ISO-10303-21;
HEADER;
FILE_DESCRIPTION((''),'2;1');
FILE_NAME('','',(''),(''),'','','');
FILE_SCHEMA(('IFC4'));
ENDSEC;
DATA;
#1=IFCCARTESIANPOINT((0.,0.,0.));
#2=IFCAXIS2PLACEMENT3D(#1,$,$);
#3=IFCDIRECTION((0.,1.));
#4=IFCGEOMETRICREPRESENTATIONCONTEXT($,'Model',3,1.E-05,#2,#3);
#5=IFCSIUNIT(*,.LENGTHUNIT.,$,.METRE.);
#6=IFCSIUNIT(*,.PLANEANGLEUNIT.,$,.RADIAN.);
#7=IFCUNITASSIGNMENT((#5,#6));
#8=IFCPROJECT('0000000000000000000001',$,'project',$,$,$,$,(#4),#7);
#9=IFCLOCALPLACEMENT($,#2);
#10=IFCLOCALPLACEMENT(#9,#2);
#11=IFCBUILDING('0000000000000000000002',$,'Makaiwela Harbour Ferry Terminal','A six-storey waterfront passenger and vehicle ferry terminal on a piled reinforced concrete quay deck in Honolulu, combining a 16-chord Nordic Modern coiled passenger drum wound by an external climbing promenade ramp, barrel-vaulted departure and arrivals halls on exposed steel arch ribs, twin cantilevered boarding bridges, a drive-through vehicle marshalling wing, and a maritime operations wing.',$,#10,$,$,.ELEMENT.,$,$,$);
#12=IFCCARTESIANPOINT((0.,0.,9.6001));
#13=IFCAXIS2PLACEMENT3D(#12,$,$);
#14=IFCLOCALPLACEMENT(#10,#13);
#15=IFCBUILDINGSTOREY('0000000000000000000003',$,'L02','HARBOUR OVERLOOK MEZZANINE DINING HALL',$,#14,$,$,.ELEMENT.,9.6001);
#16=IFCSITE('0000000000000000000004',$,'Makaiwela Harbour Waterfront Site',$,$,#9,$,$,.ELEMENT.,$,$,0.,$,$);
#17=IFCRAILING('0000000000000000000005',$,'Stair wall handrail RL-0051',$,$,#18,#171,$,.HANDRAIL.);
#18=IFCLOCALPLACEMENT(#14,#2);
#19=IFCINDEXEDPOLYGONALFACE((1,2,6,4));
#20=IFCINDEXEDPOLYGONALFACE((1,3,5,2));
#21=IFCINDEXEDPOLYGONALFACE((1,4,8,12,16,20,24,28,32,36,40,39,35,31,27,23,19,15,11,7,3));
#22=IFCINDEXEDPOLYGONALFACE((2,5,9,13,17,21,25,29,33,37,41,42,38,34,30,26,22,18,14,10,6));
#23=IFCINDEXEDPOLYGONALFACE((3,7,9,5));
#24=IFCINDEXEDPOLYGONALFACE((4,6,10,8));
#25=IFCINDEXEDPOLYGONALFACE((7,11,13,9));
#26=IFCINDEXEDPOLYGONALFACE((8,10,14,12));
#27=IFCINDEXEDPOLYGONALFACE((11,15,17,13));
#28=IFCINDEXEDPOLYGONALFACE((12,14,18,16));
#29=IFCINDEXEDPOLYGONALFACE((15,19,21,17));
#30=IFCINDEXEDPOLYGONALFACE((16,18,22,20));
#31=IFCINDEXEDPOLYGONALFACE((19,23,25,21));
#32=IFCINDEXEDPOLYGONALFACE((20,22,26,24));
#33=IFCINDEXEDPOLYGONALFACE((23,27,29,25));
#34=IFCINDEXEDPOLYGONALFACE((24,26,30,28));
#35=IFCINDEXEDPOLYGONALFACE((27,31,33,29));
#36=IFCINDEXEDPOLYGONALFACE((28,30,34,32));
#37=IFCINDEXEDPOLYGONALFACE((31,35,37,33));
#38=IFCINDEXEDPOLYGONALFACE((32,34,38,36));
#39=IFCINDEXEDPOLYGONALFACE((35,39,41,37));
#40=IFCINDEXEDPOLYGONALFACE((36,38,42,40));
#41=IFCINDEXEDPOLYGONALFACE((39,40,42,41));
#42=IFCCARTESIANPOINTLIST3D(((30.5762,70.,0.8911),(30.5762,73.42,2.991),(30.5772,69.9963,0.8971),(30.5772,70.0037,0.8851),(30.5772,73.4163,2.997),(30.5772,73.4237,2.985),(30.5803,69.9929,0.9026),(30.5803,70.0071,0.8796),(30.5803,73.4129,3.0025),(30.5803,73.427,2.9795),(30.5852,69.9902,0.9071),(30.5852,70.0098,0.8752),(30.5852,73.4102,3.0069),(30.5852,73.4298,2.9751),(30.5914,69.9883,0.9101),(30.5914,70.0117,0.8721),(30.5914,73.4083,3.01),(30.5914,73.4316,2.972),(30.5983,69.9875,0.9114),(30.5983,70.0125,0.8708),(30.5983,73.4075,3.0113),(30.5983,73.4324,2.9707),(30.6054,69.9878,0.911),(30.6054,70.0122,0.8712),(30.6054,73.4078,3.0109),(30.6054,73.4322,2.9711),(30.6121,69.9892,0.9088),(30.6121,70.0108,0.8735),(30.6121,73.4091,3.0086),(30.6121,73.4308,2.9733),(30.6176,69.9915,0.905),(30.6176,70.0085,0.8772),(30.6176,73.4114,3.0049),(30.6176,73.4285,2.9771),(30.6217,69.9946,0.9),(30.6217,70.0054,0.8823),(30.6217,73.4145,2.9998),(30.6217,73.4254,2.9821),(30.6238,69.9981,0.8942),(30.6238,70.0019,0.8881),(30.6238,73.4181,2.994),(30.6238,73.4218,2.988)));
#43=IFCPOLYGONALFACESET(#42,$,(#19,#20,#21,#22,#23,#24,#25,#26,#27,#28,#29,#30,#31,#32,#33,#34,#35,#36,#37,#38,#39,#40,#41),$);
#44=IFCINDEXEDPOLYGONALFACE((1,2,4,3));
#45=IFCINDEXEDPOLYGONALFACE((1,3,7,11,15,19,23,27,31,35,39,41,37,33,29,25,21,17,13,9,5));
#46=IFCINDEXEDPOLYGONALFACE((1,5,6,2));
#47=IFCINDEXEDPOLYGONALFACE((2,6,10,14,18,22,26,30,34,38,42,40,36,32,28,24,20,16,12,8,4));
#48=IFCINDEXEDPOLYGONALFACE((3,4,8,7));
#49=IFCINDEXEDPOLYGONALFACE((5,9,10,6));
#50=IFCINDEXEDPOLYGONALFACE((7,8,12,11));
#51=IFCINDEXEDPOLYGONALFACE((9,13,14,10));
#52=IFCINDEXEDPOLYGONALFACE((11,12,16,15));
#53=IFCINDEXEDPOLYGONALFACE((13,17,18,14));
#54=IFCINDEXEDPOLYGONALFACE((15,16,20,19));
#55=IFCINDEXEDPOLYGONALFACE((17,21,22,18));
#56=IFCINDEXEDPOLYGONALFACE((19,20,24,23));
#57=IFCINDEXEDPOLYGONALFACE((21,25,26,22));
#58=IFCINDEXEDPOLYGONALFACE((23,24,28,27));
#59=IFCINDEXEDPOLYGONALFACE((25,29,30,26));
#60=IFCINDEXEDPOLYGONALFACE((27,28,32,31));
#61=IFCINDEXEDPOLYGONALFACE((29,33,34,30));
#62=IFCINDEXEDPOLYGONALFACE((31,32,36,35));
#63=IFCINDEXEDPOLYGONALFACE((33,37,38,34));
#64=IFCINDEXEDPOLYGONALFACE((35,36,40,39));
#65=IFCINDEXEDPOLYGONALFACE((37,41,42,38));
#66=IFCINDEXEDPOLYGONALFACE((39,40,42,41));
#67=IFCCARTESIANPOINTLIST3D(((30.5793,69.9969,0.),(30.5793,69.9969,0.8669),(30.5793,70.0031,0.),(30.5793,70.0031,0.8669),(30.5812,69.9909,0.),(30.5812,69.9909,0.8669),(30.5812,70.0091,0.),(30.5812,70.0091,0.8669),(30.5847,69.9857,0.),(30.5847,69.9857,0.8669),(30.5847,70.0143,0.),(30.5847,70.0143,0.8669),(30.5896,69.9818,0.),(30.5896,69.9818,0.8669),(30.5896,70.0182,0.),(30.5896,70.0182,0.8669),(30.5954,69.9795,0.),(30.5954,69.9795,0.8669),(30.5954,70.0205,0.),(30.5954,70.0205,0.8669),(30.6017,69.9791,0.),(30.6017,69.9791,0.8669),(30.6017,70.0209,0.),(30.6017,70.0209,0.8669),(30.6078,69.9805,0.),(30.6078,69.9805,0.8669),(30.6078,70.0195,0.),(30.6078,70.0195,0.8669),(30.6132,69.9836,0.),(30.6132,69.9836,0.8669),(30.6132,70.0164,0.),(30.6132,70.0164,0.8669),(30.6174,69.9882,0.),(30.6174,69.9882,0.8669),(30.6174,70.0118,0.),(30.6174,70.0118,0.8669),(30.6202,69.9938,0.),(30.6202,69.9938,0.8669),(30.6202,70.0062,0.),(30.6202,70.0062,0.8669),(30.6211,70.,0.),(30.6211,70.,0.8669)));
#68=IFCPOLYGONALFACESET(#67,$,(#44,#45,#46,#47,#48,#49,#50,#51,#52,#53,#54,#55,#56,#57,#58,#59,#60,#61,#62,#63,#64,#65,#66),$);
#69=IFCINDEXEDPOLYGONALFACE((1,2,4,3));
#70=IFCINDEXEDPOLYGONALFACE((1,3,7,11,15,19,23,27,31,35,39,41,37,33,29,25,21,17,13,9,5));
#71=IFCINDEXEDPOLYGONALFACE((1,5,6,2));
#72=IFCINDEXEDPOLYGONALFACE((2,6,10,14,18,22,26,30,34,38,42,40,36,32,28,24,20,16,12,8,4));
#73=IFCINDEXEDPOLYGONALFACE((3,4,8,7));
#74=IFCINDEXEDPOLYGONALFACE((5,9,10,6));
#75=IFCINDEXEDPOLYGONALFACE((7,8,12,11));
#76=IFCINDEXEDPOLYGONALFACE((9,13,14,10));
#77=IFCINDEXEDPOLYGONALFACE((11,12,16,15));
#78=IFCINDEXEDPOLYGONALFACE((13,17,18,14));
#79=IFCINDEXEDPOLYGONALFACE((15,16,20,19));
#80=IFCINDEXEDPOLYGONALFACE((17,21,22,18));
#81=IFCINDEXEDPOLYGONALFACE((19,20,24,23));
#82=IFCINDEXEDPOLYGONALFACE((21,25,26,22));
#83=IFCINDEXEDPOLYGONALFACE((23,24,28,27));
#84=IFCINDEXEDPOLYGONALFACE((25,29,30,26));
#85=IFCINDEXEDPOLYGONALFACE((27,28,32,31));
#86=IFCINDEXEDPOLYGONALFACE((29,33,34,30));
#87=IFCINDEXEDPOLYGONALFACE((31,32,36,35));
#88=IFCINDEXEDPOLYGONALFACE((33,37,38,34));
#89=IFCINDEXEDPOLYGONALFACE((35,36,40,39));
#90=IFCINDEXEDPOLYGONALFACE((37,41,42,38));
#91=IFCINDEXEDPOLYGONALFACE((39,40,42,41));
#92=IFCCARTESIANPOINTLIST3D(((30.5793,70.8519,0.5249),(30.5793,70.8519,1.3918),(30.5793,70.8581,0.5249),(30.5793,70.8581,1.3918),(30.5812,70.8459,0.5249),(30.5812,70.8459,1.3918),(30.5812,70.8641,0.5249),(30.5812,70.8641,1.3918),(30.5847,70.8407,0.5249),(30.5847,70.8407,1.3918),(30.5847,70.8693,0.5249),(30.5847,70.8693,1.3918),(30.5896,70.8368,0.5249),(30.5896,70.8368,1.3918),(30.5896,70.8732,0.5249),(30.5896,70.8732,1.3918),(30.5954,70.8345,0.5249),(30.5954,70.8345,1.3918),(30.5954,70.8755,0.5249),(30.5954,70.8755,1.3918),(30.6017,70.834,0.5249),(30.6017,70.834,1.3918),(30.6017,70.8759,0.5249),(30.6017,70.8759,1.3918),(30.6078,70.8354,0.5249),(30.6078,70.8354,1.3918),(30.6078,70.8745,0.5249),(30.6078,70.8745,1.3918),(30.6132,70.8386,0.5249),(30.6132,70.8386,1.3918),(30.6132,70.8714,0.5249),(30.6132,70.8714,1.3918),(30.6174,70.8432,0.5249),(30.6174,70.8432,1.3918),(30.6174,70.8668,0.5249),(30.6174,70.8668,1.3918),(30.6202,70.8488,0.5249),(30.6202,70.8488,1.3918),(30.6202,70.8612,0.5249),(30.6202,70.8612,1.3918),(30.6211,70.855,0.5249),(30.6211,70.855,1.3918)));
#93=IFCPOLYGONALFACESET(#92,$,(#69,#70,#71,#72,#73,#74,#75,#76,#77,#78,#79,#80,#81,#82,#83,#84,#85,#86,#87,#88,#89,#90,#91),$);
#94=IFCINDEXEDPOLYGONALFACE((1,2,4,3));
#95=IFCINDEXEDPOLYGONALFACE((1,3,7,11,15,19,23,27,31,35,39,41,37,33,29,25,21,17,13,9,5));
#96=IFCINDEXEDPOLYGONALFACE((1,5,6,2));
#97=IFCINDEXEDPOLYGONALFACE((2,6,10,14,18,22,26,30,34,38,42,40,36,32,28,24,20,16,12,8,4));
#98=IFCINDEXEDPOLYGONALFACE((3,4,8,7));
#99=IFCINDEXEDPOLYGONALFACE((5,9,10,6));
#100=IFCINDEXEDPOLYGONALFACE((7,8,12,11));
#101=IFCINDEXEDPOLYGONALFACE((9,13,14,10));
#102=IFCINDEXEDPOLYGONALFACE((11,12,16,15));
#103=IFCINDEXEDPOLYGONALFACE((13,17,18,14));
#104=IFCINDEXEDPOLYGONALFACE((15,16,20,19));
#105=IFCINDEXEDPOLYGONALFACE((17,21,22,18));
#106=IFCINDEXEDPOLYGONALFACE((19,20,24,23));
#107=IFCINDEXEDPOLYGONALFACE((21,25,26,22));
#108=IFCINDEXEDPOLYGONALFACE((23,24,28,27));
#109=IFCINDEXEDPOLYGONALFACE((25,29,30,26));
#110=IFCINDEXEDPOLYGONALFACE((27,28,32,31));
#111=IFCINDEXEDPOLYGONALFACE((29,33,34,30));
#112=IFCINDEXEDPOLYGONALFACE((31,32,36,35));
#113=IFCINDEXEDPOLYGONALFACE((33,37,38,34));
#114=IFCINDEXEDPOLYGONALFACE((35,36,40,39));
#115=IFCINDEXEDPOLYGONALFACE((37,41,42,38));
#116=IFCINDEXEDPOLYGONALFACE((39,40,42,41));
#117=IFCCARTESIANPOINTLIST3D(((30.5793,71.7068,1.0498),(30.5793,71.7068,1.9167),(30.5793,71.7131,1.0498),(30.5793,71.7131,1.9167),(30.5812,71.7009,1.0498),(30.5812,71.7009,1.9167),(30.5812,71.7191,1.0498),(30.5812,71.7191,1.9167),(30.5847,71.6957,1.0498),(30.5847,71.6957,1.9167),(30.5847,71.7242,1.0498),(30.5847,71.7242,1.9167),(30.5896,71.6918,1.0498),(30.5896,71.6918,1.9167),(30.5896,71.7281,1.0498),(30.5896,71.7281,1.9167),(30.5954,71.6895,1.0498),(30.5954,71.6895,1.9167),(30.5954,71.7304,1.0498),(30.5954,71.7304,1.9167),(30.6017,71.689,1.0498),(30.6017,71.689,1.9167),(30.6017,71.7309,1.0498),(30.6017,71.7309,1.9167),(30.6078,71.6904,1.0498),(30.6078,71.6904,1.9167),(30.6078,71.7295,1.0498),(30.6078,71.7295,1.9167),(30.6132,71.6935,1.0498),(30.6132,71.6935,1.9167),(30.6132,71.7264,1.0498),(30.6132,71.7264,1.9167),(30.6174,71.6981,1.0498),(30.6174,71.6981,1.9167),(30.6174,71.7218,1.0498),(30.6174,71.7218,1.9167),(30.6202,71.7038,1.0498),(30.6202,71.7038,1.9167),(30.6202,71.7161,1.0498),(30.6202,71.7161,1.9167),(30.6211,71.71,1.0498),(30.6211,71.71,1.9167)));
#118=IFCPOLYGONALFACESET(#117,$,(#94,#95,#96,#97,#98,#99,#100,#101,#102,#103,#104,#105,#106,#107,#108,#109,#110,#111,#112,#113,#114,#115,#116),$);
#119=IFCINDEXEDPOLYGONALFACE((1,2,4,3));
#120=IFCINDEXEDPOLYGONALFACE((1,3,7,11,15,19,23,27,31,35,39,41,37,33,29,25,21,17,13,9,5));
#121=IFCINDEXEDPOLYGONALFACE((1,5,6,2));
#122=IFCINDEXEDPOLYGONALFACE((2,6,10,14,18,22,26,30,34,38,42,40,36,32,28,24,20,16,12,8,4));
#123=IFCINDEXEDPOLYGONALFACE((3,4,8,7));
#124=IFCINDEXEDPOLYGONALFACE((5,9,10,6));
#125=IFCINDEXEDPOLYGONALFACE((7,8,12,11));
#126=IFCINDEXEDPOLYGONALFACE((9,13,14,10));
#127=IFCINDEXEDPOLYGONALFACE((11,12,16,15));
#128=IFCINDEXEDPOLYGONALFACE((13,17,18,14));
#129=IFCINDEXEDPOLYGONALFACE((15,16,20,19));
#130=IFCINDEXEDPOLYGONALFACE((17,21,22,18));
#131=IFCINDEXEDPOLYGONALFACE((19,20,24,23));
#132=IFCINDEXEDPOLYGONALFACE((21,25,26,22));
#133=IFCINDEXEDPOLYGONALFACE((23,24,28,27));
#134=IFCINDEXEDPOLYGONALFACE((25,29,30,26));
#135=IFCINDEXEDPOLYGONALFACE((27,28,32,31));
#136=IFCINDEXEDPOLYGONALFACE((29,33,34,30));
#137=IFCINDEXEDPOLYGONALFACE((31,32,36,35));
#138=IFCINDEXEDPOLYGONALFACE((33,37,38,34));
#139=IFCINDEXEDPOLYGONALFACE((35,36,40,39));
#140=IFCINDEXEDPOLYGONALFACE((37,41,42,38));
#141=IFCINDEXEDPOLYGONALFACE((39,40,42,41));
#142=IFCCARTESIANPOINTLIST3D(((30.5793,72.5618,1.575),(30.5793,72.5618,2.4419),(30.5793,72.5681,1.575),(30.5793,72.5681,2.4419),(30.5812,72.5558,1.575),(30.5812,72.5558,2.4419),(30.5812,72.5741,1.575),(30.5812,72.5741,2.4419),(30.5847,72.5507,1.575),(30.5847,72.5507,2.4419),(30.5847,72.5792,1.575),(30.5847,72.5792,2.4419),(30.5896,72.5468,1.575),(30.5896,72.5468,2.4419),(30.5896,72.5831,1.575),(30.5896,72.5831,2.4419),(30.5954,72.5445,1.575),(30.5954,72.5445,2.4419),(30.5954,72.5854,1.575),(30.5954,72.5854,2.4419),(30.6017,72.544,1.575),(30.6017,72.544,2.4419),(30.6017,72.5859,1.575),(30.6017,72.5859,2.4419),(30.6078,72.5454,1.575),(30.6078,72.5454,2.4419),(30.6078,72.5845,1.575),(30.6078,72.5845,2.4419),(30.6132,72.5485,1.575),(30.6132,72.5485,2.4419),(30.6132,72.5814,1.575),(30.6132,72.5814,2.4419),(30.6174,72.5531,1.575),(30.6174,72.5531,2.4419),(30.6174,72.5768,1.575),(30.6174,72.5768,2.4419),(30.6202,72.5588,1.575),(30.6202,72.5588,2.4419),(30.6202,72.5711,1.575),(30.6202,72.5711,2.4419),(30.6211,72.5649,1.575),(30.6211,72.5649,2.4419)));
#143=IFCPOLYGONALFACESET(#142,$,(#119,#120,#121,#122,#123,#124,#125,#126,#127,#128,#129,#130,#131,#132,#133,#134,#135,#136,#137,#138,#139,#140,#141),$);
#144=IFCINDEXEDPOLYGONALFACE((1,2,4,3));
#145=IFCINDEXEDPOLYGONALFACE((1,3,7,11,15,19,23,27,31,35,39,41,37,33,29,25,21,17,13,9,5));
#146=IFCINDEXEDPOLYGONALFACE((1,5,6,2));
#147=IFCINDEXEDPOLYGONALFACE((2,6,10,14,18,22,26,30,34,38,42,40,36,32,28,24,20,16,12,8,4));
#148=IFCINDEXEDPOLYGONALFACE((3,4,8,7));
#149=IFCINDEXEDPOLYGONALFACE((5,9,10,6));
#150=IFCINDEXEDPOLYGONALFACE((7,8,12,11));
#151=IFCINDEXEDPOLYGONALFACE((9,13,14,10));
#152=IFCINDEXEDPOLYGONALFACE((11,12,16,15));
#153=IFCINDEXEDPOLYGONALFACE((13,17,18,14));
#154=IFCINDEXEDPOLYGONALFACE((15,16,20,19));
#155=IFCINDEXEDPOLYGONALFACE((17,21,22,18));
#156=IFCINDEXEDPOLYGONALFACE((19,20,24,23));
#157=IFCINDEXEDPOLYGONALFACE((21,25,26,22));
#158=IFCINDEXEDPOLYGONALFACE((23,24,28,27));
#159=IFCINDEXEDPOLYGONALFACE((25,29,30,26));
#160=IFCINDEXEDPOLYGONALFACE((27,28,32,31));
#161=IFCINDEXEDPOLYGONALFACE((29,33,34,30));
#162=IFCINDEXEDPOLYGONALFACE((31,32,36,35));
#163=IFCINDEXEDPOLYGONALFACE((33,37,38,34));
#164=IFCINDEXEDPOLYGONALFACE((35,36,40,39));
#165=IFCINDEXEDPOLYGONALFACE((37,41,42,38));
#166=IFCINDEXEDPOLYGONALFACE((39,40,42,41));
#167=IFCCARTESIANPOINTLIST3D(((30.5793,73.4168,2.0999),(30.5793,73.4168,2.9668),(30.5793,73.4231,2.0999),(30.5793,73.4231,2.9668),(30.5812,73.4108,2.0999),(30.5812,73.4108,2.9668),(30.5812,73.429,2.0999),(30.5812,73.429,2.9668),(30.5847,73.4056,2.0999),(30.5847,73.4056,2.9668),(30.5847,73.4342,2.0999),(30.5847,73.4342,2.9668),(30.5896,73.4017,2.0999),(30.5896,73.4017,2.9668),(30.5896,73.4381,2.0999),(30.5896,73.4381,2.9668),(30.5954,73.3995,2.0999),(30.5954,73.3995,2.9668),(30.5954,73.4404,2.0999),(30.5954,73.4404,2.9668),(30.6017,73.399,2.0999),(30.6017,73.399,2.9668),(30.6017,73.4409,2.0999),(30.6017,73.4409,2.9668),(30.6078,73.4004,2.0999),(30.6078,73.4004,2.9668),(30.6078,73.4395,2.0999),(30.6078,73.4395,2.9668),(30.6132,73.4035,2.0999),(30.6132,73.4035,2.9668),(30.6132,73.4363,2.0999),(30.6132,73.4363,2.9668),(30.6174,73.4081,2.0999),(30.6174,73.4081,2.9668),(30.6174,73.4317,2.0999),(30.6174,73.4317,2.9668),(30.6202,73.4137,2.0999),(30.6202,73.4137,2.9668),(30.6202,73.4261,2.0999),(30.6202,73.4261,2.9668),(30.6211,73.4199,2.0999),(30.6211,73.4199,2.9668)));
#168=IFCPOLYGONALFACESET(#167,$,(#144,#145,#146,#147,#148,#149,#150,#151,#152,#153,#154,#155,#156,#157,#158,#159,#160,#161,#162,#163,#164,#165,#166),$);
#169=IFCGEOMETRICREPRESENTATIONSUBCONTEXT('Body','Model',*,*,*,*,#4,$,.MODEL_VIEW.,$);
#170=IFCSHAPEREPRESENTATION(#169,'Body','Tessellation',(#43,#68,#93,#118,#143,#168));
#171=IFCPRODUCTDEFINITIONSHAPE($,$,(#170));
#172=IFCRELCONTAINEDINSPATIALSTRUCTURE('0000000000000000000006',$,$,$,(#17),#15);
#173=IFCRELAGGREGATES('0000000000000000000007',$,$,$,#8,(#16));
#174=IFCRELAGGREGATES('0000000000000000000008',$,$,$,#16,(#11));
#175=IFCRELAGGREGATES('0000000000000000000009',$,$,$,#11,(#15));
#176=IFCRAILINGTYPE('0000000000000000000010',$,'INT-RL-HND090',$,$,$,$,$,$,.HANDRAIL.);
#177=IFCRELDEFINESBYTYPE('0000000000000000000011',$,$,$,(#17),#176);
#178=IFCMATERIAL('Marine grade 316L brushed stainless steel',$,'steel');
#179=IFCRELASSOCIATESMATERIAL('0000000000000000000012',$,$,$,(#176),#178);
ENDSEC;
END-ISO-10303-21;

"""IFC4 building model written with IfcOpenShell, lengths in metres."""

from ifc_helpers import new_model, si_unit, direction, frame, origin, origin_2d, place, context, subcontext, project, spatial, circle, extrude, material, type_object, element, save


model = new_model("IFC4")

# Units and contexts
model_context = context("Model", 3, precision=1e-05, world=origin(), true_north=direction((0.0, 1.0)))
body_context = subcontext(model_context, "Body", "Model", "MODEL_VIEW")
ifc_project = project(units=[si_unit("LENGTHUNIT", "METRE"), si_unit("PLANEANGLEUNIT", "RADIAN")], contexts=[model_context])

# Site, building, storey
site_placement = place(None, origin())
site = spatial("IfcSite", under=ifc_project, at=site_placement, Name="Makaiwela Harbour Waterfront Site", CompositionType="ELEMENT", RefElevation=0.0)
building_placement = place(site_placement, origin())
building = spatial("IfcBuilding", under=site, at=building_placement, Name="Makaiwela Harbour Ferry Terminal", Description="A six-storey waterfront passenger and vehicle ferry terminal on a piled reinforced concrete quay deck in Honolulu, combining a 16-chord Nordic Modern coiled passenger drum wound by an external climbing promenade ramp, barrel-vaulted departure and arrivals halls on exposed steel arch ribs, twin cantilevered boarding bridges, a drive-through vehicle marshalling wing, and a maritime operations wing.", CompositionType="ELEMENT")
storey_placement = place(building_placement, frame((0.0, 0.0, 9.6001)))
storey = spatial("IfcBuildingStorey", under=building, at=storey_placement, Name="L02", Description="HARBOUR OVERLOOK MEZZANINE DINING HALL", CompositionType="ELEMENT", Elevation=9.6001)

# Shared definitions
ifc_material_1 = material(Name="Marine grade 316L brushed stainless steel", Category="steel")

# Railing
railing_type_1 = type_object("IfcRailingType", Name="INT-RL-HND090", PredefinedType="HANDRAIL", material=ifc_material_1)
railing_1_placement = place(storey_placement, frame((30.6001, 70.0, 0.0)))
element("IfcRailing", 1, at=railing_1_placement, inside=storey, type_object=railing_type_1, Name="Stair wall handrail RL-0051", PredefinedType="HANDRAIL", context=body_context, shape_type="SweptSolid", body=[
    extrude(circle(Radius=0.0239, at=origin_2d()), frame((0.0, 0.0, 0.8911), z_axis=(0.0, 0.852182, 0.523245), x_axis=(-1.0, 0.0, 0.0)), (0.0, 0.0, 1.0), 4.0132),
    extrude(circle(Radius=0.021, at=origin_2d()), origin(), (0.0, 0.0, 1.0), 0.8669),
    extrude(circle(Radius=0.021, at=origin_2d()), frame((0.0, 0.855, 0.5249)), (0.0, 0.0, 1.0), 0.8669),
    extrude(circle(Radius=0.021, at=origin_2d()), frame((0.0, 1.71, 1.0498)), (0.0, 0.0, 1.0), 0.8669),
    extrude(circle(Radius=0.021, at=origin_2d()), frame((0.0, 2.5649, 1.575)), (0.0, 0.0, 1.0), 0.8669),
    extrude(circle(Radius=0.021, at=origin_2d()), frame((0.0, 3.4199, 2.0999)), (0.0, 0.0, 1.0), 0.8669),
])

save(model, "model.ifc")
